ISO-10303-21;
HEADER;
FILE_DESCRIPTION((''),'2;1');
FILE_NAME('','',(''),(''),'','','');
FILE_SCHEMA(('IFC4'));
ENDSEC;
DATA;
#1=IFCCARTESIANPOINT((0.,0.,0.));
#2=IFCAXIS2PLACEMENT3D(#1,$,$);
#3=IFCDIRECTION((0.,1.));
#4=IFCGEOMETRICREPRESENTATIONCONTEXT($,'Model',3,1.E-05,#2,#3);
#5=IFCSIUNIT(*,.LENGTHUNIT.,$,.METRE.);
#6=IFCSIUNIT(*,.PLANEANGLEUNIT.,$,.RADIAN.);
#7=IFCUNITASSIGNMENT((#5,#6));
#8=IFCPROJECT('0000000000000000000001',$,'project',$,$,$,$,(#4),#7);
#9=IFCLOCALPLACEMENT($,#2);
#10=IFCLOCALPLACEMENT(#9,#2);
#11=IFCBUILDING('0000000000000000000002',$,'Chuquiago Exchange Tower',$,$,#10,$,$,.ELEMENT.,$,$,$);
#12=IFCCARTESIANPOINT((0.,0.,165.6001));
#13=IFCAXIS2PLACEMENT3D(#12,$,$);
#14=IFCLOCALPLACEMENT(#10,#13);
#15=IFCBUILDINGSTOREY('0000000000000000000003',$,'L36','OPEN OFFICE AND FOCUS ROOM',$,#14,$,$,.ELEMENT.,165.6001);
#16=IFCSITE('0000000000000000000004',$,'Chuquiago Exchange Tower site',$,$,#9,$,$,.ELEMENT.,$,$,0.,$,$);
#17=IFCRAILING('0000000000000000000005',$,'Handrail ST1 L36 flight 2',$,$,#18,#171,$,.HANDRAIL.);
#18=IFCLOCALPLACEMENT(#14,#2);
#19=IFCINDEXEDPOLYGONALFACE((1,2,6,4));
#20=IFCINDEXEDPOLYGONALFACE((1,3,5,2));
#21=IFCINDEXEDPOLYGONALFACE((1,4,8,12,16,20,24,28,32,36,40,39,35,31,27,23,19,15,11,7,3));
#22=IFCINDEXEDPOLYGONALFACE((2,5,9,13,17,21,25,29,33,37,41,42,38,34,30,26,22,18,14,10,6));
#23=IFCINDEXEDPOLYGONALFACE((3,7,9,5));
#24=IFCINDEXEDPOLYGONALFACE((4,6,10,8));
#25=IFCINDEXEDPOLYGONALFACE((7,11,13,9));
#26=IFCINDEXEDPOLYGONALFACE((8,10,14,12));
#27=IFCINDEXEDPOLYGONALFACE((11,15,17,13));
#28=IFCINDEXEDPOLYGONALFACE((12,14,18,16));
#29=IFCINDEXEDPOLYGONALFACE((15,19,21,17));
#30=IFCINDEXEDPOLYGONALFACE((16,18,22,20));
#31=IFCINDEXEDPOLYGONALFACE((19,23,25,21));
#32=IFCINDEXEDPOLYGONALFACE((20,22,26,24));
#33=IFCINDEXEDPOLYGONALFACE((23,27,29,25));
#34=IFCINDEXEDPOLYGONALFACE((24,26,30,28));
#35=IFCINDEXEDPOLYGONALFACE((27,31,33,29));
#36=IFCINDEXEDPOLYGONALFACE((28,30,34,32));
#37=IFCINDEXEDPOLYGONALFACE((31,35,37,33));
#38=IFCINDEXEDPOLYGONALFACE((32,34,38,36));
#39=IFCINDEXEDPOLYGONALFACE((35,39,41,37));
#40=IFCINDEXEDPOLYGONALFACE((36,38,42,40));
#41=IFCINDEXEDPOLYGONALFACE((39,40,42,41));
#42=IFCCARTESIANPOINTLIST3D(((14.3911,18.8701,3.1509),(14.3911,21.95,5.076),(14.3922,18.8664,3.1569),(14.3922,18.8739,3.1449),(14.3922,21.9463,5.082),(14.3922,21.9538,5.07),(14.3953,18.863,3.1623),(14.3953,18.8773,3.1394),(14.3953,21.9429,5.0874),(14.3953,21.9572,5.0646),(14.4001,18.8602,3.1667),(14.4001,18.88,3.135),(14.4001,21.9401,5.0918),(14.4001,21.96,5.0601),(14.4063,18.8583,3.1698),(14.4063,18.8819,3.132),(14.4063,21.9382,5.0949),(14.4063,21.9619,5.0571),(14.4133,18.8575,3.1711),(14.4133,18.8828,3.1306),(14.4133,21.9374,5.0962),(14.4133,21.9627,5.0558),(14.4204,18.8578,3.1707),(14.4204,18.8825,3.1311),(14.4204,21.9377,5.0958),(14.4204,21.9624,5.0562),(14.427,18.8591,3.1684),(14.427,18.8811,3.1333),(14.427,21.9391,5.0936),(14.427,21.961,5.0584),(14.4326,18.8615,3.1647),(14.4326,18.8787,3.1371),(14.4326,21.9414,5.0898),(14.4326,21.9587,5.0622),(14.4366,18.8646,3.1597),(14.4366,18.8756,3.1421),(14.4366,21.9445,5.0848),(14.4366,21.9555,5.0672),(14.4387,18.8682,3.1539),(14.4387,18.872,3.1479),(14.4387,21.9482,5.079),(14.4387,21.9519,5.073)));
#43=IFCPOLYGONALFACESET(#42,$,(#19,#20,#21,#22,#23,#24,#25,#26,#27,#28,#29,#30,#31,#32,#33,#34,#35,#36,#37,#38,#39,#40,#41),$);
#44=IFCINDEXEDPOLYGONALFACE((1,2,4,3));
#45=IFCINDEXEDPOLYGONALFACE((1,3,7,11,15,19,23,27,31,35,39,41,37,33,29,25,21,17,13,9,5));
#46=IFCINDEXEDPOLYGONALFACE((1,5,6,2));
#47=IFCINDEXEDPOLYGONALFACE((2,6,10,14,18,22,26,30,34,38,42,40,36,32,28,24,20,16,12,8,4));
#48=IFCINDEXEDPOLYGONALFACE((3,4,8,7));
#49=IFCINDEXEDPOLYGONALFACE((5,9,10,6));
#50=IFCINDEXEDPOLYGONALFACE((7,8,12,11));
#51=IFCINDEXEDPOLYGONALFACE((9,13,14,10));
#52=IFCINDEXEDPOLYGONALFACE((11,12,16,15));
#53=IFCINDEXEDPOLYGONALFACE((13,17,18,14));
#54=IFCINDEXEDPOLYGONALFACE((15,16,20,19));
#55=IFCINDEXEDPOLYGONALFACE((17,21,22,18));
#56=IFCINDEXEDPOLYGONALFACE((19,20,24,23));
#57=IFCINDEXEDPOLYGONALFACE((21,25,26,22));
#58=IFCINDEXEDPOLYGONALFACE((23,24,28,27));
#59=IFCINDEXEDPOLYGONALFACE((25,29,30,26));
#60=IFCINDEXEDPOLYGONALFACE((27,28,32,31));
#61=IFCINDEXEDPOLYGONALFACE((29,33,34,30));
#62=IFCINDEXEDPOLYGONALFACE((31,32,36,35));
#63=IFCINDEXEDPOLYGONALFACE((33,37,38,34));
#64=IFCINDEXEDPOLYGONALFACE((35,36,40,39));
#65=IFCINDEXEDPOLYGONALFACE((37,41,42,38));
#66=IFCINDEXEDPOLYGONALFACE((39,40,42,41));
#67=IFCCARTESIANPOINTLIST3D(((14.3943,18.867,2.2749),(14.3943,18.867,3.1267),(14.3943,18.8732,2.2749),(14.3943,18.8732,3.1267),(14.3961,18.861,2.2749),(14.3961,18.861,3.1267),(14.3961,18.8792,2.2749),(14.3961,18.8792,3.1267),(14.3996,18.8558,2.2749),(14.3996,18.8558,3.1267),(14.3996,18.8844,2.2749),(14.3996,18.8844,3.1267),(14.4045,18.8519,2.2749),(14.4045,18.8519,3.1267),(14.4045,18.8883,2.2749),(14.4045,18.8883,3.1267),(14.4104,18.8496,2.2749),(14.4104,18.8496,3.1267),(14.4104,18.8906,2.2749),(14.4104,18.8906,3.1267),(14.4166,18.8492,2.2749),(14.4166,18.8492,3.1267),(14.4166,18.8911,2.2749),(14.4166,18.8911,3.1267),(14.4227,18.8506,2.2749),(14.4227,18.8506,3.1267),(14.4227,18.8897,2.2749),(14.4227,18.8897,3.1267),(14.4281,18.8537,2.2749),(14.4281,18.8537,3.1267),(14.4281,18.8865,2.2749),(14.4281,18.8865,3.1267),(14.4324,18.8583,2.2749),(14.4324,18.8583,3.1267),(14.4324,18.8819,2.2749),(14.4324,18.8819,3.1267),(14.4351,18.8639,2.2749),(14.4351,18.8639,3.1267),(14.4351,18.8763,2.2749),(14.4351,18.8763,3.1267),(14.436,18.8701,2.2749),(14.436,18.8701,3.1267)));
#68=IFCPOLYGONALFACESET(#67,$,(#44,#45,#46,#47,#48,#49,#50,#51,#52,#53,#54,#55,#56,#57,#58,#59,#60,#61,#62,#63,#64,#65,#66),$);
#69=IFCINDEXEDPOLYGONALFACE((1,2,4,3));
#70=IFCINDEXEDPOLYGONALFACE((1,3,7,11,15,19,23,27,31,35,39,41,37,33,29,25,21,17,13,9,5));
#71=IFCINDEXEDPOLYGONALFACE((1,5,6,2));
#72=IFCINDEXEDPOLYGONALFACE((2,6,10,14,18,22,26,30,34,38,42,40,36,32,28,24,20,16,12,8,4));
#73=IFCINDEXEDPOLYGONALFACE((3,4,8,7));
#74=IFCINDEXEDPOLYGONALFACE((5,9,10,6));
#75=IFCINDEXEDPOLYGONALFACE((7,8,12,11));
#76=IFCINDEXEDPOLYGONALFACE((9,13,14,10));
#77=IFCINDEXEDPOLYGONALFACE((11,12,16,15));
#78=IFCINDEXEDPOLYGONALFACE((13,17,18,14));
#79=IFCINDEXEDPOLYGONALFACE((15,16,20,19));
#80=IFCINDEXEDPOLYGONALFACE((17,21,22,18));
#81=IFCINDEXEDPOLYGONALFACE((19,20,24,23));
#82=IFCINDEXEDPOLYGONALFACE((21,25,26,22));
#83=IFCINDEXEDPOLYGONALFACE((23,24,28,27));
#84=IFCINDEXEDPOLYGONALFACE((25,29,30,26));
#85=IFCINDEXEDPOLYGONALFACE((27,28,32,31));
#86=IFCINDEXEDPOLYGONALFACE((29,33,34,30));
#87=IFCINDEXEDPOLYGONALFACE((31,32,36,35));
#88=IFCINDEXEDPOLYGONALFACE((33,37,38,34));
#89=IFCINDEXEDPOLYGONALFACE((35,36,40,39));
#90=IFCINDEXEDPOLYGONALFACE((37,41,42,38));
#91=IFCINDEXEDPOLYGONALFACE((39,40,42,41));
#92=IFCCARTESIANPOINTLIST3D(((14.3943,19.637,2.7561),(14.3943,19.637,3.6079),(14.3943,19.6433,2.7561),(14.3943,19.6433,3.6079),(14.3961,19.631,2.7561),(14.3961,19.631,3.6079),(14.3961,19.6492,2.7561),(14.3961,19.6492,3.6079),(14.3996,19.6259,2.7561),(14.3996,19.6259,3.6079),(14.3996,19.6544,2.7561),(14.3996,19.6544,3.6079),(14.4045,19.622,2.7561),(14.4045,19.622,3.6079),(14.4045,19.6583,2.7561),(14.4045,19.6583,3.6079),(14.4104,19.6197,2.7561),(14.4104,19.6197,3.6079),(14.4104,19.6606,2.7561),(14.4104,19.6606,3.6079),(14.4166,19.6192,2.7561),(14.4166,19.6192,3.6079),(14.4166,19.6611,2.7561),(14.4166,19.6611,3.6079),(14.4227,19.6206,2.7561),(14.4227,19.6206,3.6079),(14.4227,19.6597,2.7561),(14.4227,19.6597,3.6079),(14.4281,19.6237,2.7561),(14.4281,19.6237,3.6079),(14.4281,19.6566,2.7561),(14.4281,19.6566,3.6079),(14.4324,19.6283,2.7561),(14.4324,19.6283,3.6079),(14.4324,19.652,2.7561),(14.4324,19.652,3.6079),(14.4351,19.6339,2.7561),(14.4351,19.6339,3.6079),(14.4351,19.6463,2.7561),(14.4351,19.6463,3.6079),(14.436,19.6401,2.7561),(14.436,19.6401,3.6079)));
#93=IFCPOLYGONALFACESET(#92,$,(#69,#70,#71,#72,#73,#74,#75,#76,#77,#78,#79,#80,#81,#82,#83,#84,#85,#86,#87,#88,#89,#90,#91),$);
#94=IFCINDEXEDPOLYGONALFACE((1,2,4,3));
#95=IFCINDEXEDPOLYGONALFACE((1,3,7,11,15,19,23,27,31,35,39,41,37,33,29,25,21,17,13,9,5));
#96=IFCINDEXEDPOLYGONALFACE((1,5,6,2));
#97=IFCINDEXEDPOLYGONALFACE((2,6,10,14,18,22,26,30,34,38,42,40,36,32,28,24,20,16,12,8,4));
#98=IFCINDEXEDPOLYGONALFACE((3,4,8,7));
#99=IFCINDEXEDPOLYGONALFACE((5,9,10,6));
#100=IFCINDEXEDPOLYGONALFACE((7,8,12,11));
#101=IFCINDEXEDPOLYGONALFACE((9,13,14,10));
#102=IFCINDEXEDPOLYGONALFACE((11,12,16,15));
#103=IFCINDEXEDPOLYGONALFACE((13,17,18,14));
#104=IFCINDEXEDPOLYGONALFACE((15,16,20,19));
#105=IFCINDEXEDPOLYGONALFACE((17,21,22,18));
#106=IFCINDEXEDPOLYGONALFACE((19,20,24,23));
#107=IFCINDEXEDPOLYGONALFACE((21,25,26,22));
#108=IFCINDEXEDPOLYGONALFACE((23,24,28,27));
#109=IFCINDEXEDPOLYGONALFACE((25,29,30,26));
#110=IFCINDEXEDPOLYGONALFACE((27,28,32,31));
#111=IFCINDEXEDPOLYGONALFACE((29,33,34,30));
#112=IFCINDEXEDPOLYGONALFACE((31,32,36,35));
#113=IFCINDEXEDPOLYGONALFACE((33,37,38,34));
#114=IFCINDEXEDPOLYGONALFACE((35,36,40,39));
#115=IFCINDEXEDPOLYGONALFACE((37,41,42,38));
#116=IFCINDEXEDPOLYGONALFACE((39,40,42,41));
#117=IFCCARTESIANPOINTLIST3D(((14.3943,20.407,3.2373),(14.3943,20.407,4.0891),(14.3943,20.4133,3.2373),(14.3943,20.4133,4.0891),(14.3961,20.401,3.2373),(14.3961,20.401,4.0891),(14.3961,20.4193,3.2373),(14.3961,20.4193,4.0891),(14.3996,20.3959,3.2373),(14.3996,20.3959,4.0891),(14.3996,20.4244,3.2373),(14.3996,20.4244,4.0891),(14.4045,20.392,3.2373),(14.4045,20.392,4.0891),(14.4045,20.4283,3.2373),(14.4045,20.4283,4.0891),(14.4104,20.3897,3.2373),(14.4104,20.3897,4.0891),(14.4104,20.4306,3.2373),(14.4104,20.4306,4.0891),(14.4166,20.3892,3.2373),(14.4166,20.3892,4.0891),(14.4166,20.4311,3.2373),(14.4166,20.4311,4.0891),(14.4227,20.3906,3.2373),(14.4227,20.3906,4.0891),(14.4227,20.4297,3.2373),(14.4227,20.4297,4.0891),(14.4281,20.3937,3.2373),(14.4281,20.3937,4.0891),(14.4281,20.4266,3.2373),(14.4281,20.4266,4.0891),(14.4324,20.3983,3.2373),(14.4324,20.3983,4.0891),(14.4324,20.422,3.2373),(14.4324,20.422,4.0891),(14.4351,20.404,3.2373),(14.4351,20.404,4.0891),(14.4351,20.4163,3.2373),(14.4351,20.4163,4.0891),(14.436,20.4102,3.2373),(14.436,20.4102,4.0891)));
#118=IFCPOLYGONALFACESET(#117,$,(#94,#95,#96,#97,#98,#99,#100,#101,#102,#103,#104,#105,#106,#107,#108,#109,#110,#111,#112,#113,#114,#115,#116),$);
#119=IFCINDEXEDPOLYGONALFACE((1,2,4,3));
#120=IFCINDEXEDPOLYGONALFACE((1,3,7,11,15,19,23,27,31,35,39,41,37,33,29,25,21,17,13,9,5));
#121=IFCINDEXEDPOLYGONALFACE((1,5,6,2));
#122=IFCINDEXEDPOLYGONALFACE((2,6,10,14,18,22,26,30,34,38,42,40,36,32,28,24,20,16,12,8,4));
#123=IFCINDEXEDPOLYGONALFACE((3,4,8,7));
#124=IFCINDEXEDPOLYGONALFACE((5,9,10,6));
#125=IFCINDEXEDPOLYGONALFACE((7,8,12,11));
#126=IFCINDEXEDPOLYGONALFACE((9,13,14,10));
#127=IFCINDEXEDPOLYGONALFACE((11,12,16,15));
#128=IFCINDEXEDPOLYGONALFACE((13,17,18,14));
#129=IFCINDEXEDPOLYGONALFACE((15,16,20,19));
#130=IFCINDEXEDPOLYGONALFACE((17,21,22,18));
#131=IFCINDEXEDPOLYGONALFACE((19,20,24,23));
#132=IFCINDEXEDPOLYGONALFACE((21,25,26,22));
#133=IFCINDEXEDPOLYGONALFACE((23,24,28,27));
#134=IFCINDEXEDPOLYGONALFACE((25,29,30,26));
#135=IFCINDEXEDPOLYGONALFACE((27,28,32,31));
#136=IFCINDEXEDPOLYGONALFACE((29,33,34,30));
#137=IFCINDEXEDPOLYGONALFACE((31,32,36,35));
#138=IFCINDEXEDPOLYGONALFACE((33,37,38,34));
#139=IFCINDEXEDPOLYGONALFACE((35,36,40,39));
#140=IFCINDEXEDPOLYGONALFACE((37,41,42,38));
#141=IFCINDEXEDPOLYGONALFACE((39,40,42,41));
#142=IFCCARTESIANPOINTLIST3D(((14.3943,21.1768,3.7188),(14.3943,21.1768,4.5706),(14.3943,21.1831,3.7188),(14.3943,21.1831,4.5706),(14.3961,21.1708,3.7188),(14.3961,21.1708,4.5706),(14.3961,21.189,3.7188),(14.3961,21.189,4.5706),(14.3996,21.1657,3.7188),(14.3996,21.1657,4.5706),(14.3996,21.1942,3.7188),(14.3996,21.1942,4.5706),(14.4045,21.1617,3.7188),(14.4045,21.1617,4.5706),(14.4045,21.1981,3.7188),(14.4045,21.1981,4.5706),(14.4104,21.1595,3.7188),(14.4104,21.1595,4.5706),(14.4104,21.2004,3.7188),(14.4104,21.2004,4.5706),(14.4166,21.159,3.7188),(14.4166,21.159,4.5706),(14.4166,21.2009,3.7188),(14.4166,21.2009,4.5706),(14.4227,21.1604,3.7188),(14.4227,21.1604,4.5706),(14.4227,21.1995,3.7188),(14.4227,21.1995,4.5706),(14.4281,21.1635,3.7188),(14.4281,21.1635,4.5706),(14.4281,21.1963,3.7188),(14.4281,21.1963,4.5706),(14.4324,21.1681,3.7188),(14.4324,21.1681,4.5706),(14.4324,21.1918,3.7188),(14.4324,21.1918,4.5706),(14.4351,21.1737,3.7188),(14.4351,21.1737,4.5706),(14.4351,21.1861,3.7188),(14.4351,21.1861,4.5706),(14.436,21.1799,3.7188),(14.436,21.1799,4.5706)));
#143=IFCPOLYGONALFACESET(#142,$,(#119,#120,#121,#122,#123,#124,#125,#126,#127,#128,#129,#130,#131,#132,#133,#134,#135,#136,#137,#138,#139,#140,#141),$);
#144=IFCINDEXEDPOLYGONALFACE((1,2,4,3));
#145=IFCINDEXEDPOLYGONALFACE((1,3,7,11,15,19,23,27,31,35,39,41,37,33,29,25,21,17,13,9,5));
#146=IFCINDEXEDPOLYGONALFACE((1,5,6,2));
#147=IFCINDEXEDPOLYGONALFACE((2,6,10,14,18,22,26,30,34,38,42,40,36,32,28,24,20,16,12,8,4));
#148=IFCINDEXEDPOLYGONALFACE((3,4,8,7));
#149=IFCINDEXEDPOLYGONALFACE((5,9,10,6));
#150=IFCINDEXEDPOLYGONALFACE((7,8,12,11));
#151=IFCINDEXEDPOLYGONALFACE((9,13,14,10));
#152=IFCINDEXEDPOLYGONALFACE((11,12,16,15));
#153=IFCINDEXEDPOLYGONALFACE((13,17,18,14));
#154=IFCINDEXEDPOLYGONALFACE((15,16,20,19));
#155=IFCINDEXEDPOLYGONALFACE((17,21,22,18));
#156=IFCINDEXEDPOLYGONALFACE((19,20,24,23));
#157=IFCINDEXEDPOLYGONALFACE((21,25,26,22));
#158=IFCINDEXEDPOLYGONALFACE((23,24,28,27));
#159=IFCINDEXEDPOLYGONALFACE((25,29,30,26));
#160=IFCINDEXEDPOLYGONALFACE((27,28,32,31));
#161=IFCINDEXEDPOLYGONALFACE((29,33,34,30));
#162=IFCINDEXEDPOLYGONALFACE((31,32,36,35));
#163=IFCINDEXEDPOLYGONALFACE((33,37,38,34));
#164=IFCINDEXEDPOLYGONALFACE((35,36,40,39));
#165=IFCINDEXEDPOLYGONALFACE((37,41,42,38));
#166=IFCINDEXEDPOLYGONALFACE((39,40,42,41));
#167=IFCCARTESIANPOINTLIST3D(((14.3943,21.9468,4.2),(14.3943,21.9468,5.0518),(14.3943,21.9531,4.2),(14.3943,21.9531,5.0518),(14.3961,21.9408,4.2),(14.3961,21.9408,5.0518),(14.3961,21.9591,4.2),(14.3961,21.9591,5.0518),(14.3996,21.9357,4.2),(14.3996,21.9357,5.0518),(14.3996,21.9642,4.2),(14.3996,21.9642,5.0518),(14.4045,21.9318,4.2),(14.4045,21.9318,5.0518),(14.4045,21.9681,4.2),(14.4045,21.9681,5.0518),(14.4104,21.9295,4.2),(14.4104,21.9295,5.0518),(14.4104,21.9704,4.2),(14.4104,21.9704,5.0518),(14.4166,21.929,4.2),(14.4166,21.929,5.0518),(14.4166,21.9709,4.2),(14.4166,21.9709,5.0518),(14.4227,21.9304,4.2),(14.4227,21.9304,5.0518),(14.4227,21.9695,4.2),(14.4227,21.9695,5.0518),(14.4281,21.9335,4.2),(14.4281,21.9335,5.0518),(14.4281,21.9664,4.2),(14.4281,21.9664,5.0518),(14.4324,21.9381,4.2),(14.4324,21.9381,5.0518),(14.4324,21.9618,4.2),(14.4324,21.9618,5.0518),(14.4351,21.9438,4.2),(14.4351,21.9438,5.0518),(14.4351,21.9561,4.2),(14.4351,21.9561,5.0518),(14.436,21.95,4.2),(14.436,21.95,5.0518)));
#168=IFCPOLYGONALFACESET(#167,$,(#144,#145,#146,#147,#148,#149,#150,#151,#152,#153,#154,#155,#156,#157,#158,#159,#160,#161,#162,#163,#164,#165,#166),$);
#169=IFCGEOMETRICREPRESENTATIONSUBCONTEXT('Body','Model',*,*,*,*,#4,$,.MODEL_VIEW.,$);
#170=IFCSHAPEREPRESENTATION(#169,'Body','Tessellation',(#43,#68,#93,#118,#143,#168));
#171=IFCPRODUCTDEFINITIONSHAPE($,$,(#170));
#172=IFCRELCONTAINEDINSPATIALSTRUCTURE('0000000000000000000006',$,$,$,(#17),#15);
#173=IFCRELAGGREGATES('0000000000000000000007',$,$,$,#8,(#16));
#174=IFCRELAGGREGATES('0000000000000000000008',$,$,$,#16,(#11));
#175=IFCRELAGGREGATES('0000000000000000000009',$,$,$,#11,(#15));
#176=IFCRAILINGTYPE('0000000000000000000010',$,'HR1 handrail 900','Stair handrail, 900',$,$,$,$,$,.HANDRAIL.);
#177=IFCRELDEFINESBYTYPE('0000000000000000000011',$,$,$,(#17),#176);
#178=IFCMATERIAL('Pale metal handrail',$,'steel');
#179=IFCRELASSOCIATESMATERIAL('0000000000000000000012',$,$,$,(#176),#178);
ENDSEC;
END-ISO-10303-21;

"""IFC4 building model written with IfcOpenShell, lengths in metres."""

from ifc_helpers import new_model, si_unit, direction, frame, origin, origin_2d, place, context, subcontext, project, spatial, circle, extrude, material, type_object, element, save


model = new_model("IFC4")

# Units and contexts
model_context = context("Model", 3, precision=1e-05, world=origin(), true_north=direction((0.0, 1.0)))
body_context = subcontext(model_context, "Body", "Model", "MODEL_VIEW")
ifc_project = project(units=[si_unit("LENGTHUNIT", "METRE"), si_unit("PLANEANGLEUNIT", "RADIAN")], contexts=[model_context])

# Site, building, storey
site_placement = place(None, origin())
site = spatial("IfcSite", under=ifc_project, at=site_placement, Name="Chuquiago Exchange Tower site", CompositionType="ELEMENT", RefElevation=0.0)
building_placement = place(site_placement, origin())
building = spatial("IfcBuilding", under=site, at=building_placement, Name="Chuquiago Exchange Tower", CompositionType="ELEMENT")
storey_placement = place(building_placement, frame((0.0, 0.0, 165.6001)))
storey = spatial("IfcBuildingStorey", under=building, at=storey_placement, Name="L36", Description="OPEN OFFICE AND FOCUS ROOM", CompositionType="ELEMENT", Elevation=165.6001)

# Railing
ifc_material_1 = material(Name="Pale metal handrail", Category="steel")
railing_type_1 = type_object("IfcRailingType", Name="HR1 handrail 900", Description="Stair handrail, 900", PredefinedType="HANDRAIL", material=ifc_material_1)
for number, where, name in (
    (1, (14.415, 18.8701, 2.2749), "Handrail ST1 L36 flight 2"),
):
    element("IfcRailing", number, at=place(storey_placement, frame(where)), inside=storey, type_object=railing_type_1, Name=name, PredefinedType="HANDRAIL", context=body_context, shape_type="SweptSolid", body=[
        extrude(circle(Radius=0.0239, at=origin_2d()), frame((0.0, 0.0, 0.876), z_axis=(0.0, 0.847979, 0.530029), x_axis=(-1.0, 0.0, 0.0)), (0.0, 0.0, 1.0), 3.6321),
        extrude(circle(Radius=0.021, at=origin_2d()), origin(), (0.0, 0.0, 1.0), 0.8518),
        extrude(circle(Radius=0.021, at=origin_2d()), frame((0.0, 0.77, 0.4812)), (0.0, 0.0, 1.0), 0.8518),
        extrude(circle(Radius=0.021, at=origin_2d()), frame((0.0, 1.54, 0.9624)), (0.0, 0.0, 1.0), 0.8518),
        extrude(circle(Radius=0.021, at=origin_2d()), frame((0.0, 2.3098, 1.4438)), (0.0, 0.0, 1.0), 0.8518),
        extrude(circle(Radius=0.021, at=origin_2d()), frame((0.0, 3.0798, 1.925)), (0.0, 0.0, 1.0), 0.8518),
    ])

save(model, "model.ifc")
